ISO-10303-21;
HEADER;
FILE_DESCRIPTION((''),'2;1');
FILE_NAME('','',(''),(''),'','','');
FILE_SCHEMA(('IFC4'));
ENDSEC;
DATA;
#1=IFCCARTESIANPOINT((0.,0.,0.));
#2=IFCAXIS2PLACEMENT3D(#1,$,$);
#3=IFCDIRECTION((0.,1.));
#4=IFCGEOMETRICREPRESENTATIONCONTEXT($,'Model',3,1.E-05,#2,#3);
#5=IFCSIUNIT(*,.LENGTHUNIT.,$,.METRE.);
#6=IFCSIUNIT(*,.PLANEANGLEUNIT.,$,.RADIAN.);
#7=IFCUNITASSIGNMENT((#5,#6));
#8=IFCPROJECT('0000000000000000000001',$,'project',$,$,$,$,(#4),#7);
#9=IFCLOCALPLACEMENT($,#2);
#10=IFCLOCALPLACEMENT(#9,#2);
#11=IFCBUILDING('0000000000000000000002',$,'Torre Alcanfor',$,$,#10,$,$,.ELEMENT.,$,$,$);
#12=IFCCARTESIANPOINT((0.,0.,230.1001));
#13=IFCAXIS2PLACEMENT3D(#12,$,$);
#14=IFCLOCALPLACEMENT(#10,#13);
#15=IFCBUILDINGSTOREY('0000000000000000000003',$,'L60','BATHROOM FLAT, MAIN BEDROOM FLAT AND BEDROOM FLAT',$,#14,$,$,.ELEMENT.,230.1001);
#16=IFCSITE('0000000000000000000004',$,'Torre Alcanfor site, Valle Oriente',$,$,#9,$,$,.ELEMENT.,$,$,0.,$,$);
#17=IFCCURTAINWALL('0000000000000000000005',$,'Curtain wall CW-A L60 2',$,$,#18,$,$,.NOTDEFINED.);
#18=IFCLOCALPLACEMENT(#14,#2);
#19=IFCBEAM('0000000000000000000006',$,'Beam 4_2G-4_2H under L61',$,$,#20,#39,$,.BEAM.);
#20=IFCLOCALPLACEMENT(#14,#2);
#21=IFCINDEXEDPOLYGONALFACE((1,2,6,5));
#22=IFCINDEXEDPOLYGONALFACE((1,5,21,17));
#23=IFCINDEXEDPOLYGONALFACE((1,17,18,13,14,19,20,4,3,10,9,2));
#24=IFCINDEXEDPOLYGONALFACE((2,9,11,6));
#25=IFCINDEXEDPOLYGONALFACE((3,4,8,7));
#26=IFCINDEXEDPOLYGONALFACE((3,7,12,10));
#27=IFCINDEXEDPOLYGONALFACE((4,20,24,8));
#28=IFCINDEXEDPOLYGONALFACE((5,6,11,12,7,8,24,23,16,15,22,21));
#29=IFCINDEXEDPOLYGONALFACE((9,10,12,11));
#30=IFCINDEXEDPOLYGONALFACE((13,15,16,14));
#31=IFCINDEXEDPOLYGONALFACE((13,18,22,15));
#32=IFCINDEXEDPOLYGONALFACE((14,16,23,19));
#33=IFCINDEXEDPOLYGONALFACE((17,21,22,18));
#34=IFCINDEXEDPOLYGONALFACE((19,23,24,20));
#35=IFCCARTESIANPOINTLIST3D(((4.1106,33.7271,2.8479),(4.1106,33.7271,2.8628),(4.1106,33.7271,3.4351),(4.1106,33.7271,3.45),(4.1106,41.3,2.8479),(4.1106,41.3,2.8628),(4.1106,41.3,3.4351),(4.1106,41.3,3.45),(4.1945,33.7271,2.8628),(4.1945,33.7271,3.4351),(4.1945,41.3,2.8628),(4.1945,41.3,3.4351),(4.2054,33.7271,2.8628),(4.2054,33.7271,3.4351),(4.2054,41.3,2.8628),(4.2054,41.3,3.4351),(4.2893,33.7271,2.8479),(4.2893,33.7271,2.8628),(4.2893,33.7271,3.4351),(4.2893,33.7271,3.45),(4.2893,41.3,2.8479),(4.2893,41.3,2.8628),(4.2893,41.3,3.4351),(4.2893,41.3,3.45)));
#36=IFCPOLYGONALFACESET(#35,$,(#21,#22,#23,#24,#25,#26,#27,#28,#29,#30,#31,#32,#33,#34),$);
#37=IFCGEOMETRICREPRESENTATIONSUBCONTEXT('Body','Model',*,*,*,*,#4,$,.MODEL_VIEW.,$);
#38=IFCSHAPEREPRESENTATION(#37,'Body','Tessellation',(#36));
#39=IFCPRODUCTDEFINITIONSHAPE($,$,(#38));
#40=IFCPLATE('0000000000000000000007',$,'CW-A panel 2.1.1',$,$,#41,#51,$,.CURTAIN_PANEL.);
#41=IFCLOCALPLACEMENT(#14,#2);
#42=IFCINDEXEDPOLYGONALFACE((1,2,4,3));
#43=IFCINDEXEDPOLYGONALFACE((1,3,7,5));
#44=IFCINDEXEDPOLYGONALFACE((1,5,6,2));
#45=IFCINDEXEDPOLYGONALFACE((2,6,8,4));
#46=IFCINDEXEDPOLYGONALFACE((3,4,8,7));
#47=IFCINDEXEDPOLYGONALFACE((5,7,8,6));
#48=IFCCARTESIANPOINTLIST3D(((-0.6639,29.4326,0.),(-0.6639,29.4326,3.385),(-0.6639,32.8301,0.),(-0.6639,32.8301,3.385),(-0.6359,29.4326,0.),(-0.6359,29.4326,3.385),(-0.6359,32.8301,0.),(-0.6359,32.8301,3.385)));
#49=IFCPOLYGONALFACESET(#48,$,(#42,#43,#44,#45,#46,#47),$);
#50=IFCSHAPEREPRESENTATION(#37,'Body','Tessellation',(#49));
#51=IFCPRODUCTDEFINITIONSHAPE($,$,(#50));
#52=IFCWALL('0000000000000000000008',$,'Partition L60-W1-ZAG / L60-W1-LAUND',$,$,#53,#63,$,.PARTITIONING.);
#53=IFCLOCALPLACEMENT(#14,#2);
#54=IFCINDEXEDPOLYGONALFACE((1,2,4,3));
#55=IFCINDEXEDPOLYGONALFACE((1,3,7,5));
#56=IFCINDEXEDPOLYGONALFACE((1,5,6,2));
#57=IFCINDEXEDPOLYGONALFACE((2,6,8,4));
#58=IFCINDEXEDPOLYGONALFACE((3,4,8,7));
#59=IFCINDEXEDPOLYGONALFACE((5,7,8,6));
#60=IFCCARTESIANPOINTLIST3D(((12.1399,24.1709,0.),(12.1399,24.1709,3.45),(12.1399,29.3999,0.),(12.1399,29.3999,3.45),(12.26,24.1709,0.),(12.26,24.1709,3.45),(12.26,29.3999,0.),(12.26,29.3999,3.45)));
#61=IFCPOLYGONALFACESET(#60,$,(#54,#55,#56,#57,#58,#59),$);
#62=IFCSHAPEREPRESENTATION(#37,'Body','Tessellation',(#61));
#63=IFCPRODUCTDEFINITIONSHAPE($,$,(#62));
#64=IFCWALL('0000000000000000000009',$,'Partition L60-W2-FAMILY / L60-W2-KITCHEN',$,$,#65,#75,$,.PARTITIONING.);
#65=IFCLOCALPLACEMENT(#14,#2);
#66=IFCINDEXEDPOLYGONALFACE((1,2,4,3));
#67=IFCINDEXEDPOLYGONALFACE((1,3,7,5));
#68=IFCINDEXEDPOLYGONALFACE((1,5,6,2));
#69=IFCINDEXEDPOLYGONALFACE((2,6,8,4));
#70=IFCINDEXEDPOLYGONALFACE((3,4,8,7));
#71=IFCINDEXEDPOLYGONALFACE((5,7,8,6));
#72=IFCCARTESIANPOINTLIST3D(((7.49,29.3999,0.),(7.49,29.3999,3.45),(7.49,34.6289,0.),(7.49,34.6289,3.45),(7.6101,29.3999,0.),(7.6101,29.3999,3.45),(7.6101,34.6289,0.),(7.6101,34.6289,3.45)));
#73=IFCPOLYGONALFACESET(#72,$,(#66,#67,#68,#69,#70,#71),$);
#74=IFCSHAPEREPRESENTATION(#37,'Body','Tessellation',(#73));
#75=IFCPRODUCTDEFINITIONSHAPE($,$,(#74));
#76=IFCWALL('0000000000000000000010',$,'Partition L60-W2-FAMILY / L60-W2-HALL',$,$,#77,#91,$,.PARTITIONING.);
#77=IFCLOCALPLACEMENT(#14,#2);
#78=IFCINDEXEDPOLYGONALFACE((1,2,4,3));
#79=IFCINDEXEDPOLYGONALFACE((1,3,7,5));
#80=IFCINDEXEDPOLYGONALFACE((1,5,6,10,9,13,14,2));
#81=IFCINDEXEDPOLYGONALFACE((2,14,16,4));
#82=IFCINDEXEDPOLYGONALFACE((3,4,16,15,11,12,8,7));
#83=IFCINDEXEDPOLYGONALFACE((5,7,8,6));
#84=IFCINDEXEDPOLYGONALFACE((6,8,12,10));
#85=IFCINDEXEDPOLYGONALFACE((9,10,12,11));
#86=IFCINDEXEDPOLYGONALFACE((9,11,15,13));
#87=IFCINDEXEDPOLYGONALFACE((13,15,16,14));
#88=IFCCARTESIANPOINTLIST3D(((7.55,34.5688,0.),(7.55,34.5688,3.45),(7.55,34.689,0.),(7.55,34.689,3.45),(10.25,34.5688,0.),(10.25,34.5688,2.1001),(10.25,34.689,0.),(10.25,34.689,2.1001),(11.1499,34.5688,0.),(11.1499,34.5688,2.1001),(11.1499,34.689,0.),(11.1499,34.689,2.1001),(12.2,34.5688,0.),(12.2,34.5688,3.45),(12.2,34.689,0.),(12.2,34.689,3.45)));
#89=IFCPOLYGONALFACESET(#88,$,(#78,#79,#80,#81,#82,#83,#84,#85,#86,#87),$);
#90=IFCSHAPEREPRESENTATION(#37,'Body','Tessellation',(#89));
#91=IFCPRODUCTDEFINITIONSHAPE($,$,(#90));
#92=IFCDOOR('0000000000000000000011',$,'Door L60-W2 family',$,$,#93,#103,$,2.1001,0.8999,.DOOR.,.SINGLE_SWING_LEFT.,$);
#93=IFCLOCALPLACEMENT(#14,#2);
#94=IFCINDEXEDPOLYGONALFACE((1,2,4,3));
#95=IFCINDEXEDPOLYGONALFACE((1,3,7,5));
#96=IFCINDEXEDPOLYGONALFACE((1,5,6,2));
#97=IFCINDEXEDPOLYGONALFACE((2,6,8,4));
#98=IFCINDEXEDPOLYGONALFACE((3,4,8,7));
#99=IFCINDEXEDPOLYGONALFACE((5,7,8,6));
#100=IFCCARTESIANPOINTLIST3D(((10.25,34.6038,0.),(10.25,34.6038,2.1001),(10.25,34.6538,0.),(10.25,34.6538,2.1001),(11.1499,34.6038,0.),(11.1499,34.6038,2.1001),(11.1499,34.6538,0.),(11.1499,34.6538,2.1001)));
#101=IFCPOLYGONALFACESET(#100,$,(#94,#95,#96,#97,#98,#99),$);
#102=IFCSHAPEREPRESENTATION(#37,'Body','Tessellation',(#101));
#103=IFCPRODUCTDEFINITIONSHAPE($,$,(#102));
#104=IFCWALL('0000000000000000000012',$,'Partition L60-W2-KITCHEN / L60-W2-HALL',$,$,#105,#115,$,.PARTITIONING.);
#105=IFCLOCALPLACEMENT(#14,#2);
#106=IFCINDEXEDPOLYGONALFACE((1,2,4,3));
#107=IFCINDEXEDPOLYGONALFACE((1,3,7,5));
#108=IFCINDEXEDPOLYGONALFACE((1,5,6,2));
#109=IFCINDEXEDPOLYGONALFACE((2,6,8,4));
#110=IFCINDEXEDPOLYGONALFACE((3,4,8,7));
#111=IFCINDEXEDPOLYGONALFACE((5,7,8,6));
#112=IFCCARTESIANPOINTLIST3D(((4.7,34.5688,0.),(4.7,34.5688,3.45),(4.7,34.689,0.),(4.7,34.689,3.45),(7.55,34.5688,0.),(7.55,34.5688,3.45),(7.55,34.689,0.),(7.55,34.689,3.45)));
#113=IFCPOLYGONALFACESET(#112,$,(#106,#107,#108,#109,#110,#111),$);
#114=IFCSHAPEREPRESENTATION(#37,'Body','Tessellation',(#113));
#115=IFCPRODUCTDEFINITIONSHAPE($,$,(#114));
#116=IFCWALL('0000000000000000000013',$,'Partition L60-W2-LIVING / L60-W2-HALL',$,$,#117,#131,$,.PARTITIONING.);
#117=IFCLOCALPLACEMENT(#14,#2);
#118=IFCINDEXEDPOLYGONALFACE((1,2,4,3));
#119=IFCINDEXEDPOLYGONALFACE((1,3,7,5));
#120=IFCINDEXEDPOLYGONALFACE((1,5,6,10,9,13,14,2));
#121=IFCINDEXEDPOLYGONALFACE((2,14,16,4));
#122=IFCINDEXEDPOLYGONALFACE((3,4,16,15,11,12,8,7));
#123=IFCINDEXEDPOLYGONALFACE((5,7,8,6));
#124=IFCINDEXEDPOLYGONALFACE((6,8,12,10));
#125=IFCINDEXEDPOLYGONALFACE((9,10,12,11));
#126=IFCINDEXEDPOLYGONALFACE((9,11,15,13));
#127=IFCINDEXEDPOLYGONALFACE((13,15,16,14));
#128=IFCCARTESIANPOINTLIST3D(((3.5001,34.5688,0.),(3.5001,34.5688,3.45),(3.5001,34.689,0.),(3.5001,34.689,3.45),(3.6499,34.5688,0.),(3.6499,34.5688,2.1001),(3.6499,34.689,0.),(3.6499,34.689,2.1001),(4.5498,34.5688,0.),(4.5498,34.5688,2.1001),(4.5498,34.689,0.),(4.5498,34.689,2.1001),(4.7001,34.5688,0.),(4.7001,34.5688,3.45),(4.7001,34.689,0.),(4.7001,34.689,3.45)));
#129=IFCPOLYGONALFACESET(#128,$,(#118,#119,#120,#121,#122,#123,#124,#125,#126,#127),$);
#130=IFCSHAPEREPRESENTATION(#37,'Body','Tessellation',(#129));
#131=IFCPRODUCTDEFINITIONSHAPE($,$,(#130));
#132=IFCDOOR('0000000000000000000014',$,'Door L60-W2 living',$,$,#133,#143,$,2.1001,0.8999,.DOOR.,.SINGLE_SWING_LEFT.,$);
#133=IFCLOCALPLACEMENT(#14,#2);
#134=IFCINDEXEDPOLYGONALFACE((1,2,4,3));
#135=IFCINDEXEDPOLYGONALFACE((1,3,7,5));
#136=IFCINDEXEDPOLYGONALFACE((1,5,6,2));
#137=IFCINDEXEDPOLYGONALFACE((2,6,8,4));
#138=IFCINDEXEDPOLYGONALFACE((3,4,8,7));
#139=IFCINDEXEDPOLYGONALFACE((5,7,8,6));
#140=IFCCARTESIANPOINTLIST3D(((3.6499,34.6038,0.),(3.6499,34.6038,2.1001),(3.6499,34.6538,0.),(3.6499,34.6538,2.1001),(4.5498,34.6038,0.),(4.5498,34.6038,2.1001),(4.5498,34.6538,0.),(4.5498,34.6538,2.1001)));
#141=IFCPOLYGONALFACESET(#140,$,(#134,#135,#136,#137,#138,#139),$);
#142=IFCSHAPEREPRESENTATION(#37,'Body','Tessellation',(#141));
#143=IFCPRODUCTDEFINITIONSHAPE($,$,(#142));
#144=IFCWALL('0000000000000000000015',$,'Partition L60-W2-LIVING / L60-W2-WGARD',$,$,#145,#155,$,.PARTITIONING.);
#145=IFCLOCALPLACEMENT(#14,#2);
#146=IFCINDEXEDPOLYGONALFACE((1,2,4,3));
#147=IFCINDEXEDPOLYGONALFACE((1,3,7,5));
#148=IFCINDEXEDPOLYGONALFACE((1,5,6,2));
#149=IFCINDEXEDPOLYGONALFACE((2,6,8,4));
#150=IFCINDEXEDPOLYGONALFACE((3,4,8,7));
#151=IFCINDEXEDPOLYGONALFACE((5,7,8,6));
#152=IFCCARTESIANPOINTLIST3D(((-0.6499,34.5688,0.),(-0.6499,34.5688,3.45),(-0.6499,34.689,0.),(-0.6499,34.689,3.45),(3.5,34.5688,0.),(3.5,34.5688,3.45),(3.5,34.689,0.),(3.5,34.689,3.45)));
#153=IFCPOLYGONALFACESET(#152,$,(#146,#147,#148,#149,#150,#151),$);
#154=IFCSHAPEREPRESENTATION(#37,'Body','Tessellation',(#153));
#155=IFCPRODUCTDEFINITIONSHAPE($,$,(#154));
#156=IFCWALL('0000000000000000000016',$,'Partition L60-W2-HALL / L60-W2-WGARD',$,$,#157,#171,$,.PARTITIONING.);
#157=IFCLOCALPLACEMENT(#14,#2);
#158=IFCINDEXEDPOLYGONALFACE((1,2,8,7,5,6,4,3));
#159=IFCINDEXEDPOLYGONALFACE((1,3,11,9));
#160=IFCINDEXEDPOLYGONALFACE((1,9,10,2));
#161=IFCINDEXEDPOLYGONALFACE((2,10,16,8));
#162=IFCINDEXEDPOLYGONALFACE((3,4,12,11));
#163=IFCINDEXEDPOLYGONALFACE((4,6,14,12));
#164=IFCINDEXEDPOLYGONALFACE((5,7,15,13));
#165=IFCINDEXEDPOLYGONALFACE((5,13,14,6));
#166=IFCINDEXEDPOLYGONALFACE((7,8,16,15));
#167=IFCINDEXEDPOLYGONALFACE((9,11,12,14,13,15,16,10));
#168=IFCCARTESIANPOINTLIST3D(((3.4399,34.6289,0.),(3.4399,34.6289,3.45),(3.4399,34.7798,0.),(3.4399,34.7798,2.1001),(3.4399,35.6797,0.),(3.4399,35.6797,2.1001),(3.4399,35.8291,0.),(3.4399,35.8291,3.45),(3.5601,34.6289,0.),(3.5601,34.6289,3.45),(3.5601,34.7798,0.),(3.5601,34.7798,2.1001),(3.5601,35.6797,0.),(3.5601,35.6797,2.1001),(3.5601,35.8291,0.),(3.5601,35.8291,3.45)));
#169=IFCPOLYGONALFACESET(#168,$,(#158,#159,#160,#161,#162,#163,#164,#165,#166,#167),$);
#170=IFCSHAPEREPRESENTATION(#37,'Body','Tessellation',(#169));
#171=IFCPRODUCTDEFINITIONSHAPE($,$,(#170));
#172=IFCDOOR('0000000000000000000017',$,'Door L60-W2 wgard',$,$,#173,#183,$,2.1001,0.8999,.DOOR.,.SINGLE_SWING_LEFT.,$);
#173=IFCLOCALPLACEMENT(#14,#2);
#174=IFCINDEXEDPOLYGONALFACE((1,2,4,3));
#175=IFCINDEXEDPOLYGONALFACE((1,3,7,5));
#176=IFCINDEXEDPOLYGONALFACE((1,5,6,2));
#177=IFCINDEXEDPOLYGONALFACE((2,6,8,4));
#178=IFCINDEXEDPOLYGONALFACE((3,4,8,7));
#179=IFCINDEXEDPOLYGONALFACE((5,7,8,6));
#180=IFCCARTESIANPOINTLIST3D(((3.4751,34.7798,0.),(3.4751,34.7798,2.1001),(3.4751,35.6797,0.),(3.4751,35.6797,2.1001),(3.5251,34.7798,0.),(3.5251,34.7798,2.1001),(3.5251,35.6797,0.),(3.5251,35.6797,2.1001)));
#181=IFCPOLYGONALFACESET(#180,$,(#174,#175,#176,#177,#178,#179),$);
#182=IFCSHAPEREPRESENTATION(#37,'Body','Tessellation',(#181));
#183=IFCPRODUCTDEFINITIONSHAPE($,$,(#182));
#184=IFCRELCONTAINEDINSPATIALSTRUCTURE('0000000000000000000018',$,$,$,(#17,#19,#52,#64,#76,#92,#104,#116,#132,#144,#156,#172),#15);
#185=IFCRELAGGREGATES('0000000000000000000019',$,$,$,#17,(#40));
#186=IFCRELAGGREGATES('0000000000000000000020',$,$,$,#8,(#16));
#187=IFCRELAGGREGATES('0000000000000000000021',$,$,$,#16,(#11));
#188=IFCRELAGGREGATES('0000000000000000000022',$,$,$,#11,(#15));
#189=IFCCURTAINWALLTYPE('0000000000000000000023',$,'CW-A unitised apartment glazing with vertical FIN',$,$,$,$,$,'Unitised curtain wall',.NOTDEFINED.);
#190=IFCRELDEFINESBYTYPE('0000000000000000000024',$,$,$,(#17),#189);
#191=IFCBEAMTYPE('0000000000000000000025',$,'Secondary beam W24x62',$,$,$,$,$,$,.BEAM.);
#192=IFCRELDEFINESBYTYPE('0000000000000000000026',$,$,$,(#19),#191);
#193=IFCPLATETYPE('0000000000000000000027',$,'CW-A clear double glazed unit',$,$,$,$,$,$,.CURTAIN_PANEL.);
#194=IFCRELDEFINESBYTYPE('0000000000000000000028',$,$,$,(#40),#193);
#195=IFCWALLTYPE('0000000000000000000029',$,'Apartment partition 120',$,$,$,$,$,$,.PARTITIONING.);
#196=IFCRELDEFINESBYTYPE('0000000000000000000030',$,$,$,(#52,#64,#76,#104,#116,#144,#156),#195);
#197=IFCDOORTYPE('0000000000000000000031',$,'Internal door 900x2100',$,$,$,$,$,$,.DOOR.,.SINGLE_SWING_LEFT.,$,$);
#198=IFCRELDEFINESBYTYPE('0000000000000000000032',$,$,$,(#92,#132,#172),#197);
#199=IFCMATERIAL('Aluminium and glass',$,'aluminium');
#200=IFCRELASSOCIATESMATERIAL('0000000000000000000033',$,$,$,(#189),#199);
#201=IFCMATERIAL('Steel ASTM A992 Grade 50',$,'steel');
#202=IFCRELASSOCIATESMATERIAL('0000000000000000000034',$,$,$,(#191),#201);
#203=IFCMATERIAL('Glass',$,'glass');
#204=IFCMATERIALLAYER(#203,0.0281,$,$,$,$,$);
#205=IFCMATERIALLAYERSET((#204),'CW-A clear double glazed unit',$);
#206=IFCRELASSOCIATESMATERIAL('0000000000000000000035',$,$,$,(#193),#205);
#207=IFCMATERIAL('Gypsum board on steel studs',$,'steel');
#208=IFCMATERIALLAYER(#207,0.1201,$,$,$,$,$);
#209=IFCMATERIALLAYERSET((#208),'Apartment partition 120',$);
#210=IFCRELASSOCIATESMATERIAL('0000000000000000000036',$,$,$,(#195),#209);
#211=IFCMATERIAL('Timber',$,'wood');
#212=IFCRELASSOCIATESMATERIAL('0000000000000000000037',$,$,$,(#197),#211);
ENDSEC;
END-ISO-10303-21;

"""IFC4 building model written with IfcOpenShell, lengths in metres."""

from ifc_helpers import new_model, si_unit, direction, frame, frame_2d, origin, origin_2d, place, context, subcontext, project, spatial, rectangle, i_section, extrude, material, layer, layer_set, material_profile, profile_set, type_object, element, fill, aggregate, save


model = new_model("IFC4")

# Units and contexts
model_context = context("Model", 3, precision=1e-05, world=origin(), true_north=direction((0.0, 1.0)))
body_context = subcontext(model_context, "Body", "Model", "MODEL_VIEW")
ifc_project = project(units=[si_unit("LENGTHUNIT", "METRE"), si_unit("PLANEANGLEUNIT", "RADIAN")], contexts=[model_context])

# Site, building, storey
site_placement = place(None, origin())
site = spatial("IfcSite", under=ifc_project, at=site_placement, Name="Torre Alcanfor site, Valle Oriente", CompositionType="ELEMENT", RefElevation=0.0)
building_placement = place(site_placement, origin())
building = spatial("IfcBuilding", under=site, at=building_placement, Name="Torre Alcanfor", CompositionType="ELEMENT")
storey_placement = place(building_placement, frame((0.0, 0.0, 230.1001)))
storey = spatial("IfcBuildingStorey", under=building, at=storey_placement, Name="L60", Description="BATHROOM FLAT, MAIN BEDROOM FLAT AND BEDROOM FLAT", CompositionType="ELEMENT", Elevation=230.1001)

# Curtain wall
ifc_material_1 = material(Name="Aluminium and glass", Category="aluminium")
curtain_wall_type = type_object("IfcCurtainWallType", Name="CW-A unitised apartment glazing with vertical FIN", ElementType="Unitised curtain wall", PredefinedType="NOTDEFINED", material=ifc_material_1)
curtain_wall_placement = place(storey_placement, origin())
curtain_wall = element("IfcCurtainWall", 1, at=curtain_wall_placement, inside=storey, type_object=curtain_wall_type, Name="Curtain wall CW-A L60 2", PredefinedType="NOTDEFINED")

# Beam
ifc_material_2 = material(Name="Steel ASTM A992 Grade 50", Category="steel")
ifc_material_profile_1 = material_profile(ifc_material_2, i_section(OverallWidth=0.1787, OverallDepth=0.6021, WebThickness=0.011, FlangeThickness=0.0149, at=origin_2d()), Name="W24x62")
ifc_profile_set_1 = profile_set([ifc_material_profile_1], Name="Steel ASTM A992 Grade 50")
beam_type_1 = type_object("IfcBeamType", Name="Secondary beam W24x62", PredefinedType="BEAM", material=ifc_profile_set_1)
beam_1_placement = place(storey_placement, frame((4.2, 33.7271, 3.1489), z_axis=(0.0, 1.0, 0.0), x_axis=(-1.0, 0.0, 0.0)))
element("IfcBeam", 2, at=beam_1_placement, inside=storey, type_object=beam_type_1, Name="Beam 4_2G-4_2H under L61", PredefinedType="BEAM", context=body_context, shape_type="SweptSolid", body=[
    extrude(i_section(OverallWidth=0.1787, OverallDepth=0.6021, WebThickness=0.011, FlangeThickness=0.0149, at=origin_2d()), origin(), (0.0, 0.0, 1.0), 7.573),
])

# Plate
ifc_material_3 = material(Name="Glass", Category="glass")
ifc_layer_1 = layer(ifc_material_3, 0.0281)
ifc_layer_set_1 = layer_set([ifc_layer_1], Name="CW-A clear double glazed unit")
plate_type = type_object("IfcPlateType", Name="CW-A clear double glazed unit", PredefinedType="CURTAIN_PANEL", material=ifc_layer_set_1)
plate_placement = place(storey_placement, frame((-0.6499, 31.1313, 0.0), z_axis=(0.0, 0.0, 1.0), x_axis=(0.0, -1.0, 0.0)))
plate = element("IfcPlate", 3, at=plate_placement, type_object=plate_type, Name="CW-A panel 2.1.1", PredefinedType="CURTAIN_PANEL", context=body_context, shape_type="SweptSolid", body=[
    extrude(rectangle(XDim=3.3975, YDim=0.0281, at=origin_2d()), origin(), (0.0, 0.0, 1.0), 3.385),
])
aggregate(curtain_wall, [plate])

# Walls
ifc_material_4 = material(Name="Gypsum board on steel studs", Category="steel")
ifc_layer_2 = layer(ifc_material_4, 0.1201)
ifc_layer_set_2 = layer_set([ifc_layer_2], Name="Apartment partition 120")
wall_type_1 = type_object("IfcWallType", Name="Apartment partition 120", PredefinedType="PARTITIONING", material=ifc_layer_set_2)
for number, where, z_axis, x_axis, name in (
    (4, (12.2, 29.3999, 0.0), (0.0, 0.0, 1.0), (0.0, -1.0, 0.0), "Partition L60-W1-ZAG / L60-W1-LAUND"),
    (5, (7.55, 29.3999, 0.0), (0.0, 0.0, 1.0), (0.0, 1.0, 0.0), "Partition L60-W2-FAMILY / L60-W2-KITCHEN"),
):
    element("IfcWall", number, at=place(storey_placement, frame(where, z_axis=z_axis, x_axis=x_axis)), inside=storey, type_object=wall_type_1, Name=name, PredefinedType="PARTITIONING", context=body_context, shape_type="SweptSolid", body=[
        extrude(rectangle(XDim=5.229, YDim=0.1201, at=frame_2d((2.6145, 0.0))), origin(), (0.0, 0.0, 1.0), 3.45),
    ])

# Wall, opening, door
wall_1_placement = place(storey_placement, frame((7.55, 34.6289, 0.0), z_axis=(0.0, 0.0, 1.0), x_axis=(1.0, 0.0, 0.0)))
wall_1 = element("IfcWall", 6, at=wall_1_placement, inside=storey, type_object=wall_type_1, Name="Partition L60-W2-FAMILY / L60-W2-HALL", PredefinedType="PARTITIONING", context=body_context, shape_type="SweptSolid", body=[
    extrude(rectangle(XDim=4.6499, YDim=0.1201, at=frame_2d((2.325, 0.0))), origin(), (0.0, 0.0, 1.0), 3.45),
])
opening_1_placement = place(wall_1_placement, frame((2.7, 0.0, 0.0)))
opening_1 = element("IfcOpeningElement", 7, at=opening_1_placement, cuts=wall_1, PredefinedType="OPENING", context=body_context, shape_type="SweptSolid", body=[
    extrude(rectangle(XDim=0.8999, YDim=2.1001, at=frame_2d((0.45, 1.05))), frame((0.0, 0.0701, 0.0), z_axis=(0.0, -1.0, 0.0), x_axis=(1.0, 0.0, 0.0)), (0.0, 0.0, 1.0), 0.1401),
])
ifc_material_5 = material(Name="Timber", Category="wood")
door_type = type_object("IfcDoorType", Name="Internal door 900x2100", OperationType="SINGLE_SWING_LEFT", PredefinedType="DOOR", material=ifc_material_5)
door_1_placement = place(opening_1_placement, frame((0.8999, 0.0, 0.0), z_axis=(0.0, 0.0, 1.0), x_axis=(-1.0, 0.0, 0.0)))
door_1 = element("IfcDoor", 8, at=door_1_placement, inside=storey, type_object=door_type, Name="Door L60-W2 family", OperationType="SINGLE_SWING_LEFT", OverallHeight=2.1001, OverallWidth=0.8999, PredefinedType="DOOR", context=body_context, shape_type="SweptSolid", body=[
    extrude(rectangle(XDim=0.8999, YDim=2.1001, at=frame_2d((0.45, 1.05))), frame((0.0, 0.0251, 0.0), z_axis=(0.0, -1.0, 0.0), x_axis=(1.0, 0.0, 0.0)), (0.0, 0.0, 1.0), 0.05),
])
fill(opening_1, door_1)

# Wall
wall_2_placement = place(storey_placement, frame((4.7, 34.6289, 0.0), z_axis=(0.0, 0.0, 1.0), x_axis=(1.0, 0.0, 0.0)))
element("IfcWall", 9, at=wall_2_placement, inside=storey, type_object=wall_type_1, Name="Partition L60-W2-KITCHEN / L60-W2-HALL", PredefinedType="PARTITIONING", context=body_context, shape_type="SweptSolid", body=[
    extrude(rectangle(XDim=2.8501, YDim=0.1201, at=frame_2d((1.425, 0.0))), origin(), (0.0, 0.0, 1.0), 3.45),
])

# Wall, opening, door
wall_3_placement = place(storey_placement, frame((3.5, 34.6289, 0.0), z_axis=(0.0, 0.0, 1.0), x_axis=(1.0, 0.0, 0.0)))
wall_3 = element("IfcWall", 10, at=wall_3_placement, inside=storey, type_object=wall_type_1, Name="Partition L60-W2-LIVING / L60-W2-HALL", PredefinedType="PARTITIONING", context=body_context, shape_type="SweptSolid", body=[
    extrude(rectangle(XDim=1.2, YDim=0.1201, at=frame_2d((0.6001, 0.0))), origin(), (0.0, 0.0, 1.0), 3.45),
])
opening_2_placement = place(wall_3_placement, frame((0.1499, 0.0, 0.0)))
opening_2 = element("IfcOpeningElement", 11, at=opening_2_placement, cuts=wall_3, PredefinedType="OPENING", context=body_context, shape_type="SweptSolid", body=[
    extrude(rectangle(XDim=0.8999, YDim=2.1001, at=frame_2d((0.45, 1.05))), frame((0.0, 0.0701, 0.0), z_axis=(0.0, -1.0, 0.0), x_axis=(1.0, 0.0, 0.0)), (0.0, 0.0, 1.0), 0.1401),
])
door_2_placement = place(opening_2_placement, frame((0.8999, 0.0, 0.0), z_axis=(0.0, 0.0, 1.0), x_axis=(-1.0, 0.0, 0.0)))
door_2 = element("IfcDoor", 12, at=door_2_placement, inside=storey, type_object=door_type, Name="Door L60-W2 living", OperationType="SINGLE_SWING_LEFT", OverallHeight=2.1001, OverallWidth=0.8999, PredefinedType="DOOR", context=body_context, shape_type="SweptSolid", body=[
    extrude(rectangle(XDim=0.8999, YDim=2.1001, at=frame_2d((0.45, 1.05))), frame((0.0, 0.0251, 0.0), z_axis=(0.0, -1.0, 0.0), x_axis=(1.0, 0.0, 0.0)), (0.0, 0.0, 1.0), 0.05),
])
fill(opening_2, door_2)

# Wall
wall_4_placement = place(storey_placement, frame((-0.6499, 34.6289, 0.0), z_axis=(0.0, 0.0, 1.0), x_axis=(1.0, 0.0, 0.0)))
element("IfcWall", 13, at=wall_4_placement, inside=storey, type_object=wall_type_1, Name="Partition L60-W2-LIVING / L60-W2-WGARD", PredefinedType="PARTITIONING", context=body_context, shape_type="SweptSolid", body=[
    extrude(rectangle(XDim=4.1499, YDim=0.1201, at=frame_2d((2.075, 0.0))), origin(), (0.0, 0.0, 1.0), 3.45),
])

# Wall, opening, door
wall_5_placement = place(storey_placement, frame((3.5, 34.6289, 0.0), z_axis=(0.0, 0.0, 1.0), x_axis=(0.0, 1.0, 0.0)))
wall_5 = element("IfcWall", 14, at=wall_5_placement, inside=storey, type_object=wall_type_1, Name="Partition L60-W2-HALL / L60-W2-WGARD", PredefinedType="PARTITIONING", context=body_context, shape_type="SweptSolid", body=[
    extrude(rectangle(XDim=1.2002, YDim=0.1201, at=frame_2d((0.6001, 0.0))), origin(), (0.0, 0.0, 1.0), 3.45),
])
opening_3_placement = place(wall_5_placement, frame((0.1509, 0.0, 0.0)))
opening_3 = element("IfcOpeningElement", 15, at=opening_3_placement, cuts=wall_5, PredefinedType="OPENING", context=body_context, shape_type="SweptSolid", body=[
    extrude(rectangle(XDim=0.8999, YDim=2.1001, at=frame_2d((0.45, 1.05))), frame((0.0, 0.0701, 0.0), z_axis=(0.0, -1.0, 0.0), x_axis=(1.0, 0.0, 0.0)), (0.0, 0.0, 1.0), 0.1401),
])
door_3_placement = place(opening_3_placement, origin())
door_3 = element("IfcDoor", 16, at=door_3_placement, inside=storey, type_object=door_type, Name="Door L60-W2 wgard", OperationType="SINGLE_SWING_LEFT", OverallHeight=2.1001, OverallWidth=0.8999, PredefinedType="DOOR", context=body_context, shape_type="SweptSolid", body=[
    extrude(rectangle(XDim=0.8999, YDim=2.1001, at=frame_2d((0.45, 1.05))), frame((0.0, 0.0249, 0.0), z_axis=(0.0, -1.0, 0.0), x_axis=(1.0, 0.0, 0.0)), (0.0, 0.0, 1.0), 0.05),
])
fill(opening_3, door_3)

save(model, "model.ifc")
